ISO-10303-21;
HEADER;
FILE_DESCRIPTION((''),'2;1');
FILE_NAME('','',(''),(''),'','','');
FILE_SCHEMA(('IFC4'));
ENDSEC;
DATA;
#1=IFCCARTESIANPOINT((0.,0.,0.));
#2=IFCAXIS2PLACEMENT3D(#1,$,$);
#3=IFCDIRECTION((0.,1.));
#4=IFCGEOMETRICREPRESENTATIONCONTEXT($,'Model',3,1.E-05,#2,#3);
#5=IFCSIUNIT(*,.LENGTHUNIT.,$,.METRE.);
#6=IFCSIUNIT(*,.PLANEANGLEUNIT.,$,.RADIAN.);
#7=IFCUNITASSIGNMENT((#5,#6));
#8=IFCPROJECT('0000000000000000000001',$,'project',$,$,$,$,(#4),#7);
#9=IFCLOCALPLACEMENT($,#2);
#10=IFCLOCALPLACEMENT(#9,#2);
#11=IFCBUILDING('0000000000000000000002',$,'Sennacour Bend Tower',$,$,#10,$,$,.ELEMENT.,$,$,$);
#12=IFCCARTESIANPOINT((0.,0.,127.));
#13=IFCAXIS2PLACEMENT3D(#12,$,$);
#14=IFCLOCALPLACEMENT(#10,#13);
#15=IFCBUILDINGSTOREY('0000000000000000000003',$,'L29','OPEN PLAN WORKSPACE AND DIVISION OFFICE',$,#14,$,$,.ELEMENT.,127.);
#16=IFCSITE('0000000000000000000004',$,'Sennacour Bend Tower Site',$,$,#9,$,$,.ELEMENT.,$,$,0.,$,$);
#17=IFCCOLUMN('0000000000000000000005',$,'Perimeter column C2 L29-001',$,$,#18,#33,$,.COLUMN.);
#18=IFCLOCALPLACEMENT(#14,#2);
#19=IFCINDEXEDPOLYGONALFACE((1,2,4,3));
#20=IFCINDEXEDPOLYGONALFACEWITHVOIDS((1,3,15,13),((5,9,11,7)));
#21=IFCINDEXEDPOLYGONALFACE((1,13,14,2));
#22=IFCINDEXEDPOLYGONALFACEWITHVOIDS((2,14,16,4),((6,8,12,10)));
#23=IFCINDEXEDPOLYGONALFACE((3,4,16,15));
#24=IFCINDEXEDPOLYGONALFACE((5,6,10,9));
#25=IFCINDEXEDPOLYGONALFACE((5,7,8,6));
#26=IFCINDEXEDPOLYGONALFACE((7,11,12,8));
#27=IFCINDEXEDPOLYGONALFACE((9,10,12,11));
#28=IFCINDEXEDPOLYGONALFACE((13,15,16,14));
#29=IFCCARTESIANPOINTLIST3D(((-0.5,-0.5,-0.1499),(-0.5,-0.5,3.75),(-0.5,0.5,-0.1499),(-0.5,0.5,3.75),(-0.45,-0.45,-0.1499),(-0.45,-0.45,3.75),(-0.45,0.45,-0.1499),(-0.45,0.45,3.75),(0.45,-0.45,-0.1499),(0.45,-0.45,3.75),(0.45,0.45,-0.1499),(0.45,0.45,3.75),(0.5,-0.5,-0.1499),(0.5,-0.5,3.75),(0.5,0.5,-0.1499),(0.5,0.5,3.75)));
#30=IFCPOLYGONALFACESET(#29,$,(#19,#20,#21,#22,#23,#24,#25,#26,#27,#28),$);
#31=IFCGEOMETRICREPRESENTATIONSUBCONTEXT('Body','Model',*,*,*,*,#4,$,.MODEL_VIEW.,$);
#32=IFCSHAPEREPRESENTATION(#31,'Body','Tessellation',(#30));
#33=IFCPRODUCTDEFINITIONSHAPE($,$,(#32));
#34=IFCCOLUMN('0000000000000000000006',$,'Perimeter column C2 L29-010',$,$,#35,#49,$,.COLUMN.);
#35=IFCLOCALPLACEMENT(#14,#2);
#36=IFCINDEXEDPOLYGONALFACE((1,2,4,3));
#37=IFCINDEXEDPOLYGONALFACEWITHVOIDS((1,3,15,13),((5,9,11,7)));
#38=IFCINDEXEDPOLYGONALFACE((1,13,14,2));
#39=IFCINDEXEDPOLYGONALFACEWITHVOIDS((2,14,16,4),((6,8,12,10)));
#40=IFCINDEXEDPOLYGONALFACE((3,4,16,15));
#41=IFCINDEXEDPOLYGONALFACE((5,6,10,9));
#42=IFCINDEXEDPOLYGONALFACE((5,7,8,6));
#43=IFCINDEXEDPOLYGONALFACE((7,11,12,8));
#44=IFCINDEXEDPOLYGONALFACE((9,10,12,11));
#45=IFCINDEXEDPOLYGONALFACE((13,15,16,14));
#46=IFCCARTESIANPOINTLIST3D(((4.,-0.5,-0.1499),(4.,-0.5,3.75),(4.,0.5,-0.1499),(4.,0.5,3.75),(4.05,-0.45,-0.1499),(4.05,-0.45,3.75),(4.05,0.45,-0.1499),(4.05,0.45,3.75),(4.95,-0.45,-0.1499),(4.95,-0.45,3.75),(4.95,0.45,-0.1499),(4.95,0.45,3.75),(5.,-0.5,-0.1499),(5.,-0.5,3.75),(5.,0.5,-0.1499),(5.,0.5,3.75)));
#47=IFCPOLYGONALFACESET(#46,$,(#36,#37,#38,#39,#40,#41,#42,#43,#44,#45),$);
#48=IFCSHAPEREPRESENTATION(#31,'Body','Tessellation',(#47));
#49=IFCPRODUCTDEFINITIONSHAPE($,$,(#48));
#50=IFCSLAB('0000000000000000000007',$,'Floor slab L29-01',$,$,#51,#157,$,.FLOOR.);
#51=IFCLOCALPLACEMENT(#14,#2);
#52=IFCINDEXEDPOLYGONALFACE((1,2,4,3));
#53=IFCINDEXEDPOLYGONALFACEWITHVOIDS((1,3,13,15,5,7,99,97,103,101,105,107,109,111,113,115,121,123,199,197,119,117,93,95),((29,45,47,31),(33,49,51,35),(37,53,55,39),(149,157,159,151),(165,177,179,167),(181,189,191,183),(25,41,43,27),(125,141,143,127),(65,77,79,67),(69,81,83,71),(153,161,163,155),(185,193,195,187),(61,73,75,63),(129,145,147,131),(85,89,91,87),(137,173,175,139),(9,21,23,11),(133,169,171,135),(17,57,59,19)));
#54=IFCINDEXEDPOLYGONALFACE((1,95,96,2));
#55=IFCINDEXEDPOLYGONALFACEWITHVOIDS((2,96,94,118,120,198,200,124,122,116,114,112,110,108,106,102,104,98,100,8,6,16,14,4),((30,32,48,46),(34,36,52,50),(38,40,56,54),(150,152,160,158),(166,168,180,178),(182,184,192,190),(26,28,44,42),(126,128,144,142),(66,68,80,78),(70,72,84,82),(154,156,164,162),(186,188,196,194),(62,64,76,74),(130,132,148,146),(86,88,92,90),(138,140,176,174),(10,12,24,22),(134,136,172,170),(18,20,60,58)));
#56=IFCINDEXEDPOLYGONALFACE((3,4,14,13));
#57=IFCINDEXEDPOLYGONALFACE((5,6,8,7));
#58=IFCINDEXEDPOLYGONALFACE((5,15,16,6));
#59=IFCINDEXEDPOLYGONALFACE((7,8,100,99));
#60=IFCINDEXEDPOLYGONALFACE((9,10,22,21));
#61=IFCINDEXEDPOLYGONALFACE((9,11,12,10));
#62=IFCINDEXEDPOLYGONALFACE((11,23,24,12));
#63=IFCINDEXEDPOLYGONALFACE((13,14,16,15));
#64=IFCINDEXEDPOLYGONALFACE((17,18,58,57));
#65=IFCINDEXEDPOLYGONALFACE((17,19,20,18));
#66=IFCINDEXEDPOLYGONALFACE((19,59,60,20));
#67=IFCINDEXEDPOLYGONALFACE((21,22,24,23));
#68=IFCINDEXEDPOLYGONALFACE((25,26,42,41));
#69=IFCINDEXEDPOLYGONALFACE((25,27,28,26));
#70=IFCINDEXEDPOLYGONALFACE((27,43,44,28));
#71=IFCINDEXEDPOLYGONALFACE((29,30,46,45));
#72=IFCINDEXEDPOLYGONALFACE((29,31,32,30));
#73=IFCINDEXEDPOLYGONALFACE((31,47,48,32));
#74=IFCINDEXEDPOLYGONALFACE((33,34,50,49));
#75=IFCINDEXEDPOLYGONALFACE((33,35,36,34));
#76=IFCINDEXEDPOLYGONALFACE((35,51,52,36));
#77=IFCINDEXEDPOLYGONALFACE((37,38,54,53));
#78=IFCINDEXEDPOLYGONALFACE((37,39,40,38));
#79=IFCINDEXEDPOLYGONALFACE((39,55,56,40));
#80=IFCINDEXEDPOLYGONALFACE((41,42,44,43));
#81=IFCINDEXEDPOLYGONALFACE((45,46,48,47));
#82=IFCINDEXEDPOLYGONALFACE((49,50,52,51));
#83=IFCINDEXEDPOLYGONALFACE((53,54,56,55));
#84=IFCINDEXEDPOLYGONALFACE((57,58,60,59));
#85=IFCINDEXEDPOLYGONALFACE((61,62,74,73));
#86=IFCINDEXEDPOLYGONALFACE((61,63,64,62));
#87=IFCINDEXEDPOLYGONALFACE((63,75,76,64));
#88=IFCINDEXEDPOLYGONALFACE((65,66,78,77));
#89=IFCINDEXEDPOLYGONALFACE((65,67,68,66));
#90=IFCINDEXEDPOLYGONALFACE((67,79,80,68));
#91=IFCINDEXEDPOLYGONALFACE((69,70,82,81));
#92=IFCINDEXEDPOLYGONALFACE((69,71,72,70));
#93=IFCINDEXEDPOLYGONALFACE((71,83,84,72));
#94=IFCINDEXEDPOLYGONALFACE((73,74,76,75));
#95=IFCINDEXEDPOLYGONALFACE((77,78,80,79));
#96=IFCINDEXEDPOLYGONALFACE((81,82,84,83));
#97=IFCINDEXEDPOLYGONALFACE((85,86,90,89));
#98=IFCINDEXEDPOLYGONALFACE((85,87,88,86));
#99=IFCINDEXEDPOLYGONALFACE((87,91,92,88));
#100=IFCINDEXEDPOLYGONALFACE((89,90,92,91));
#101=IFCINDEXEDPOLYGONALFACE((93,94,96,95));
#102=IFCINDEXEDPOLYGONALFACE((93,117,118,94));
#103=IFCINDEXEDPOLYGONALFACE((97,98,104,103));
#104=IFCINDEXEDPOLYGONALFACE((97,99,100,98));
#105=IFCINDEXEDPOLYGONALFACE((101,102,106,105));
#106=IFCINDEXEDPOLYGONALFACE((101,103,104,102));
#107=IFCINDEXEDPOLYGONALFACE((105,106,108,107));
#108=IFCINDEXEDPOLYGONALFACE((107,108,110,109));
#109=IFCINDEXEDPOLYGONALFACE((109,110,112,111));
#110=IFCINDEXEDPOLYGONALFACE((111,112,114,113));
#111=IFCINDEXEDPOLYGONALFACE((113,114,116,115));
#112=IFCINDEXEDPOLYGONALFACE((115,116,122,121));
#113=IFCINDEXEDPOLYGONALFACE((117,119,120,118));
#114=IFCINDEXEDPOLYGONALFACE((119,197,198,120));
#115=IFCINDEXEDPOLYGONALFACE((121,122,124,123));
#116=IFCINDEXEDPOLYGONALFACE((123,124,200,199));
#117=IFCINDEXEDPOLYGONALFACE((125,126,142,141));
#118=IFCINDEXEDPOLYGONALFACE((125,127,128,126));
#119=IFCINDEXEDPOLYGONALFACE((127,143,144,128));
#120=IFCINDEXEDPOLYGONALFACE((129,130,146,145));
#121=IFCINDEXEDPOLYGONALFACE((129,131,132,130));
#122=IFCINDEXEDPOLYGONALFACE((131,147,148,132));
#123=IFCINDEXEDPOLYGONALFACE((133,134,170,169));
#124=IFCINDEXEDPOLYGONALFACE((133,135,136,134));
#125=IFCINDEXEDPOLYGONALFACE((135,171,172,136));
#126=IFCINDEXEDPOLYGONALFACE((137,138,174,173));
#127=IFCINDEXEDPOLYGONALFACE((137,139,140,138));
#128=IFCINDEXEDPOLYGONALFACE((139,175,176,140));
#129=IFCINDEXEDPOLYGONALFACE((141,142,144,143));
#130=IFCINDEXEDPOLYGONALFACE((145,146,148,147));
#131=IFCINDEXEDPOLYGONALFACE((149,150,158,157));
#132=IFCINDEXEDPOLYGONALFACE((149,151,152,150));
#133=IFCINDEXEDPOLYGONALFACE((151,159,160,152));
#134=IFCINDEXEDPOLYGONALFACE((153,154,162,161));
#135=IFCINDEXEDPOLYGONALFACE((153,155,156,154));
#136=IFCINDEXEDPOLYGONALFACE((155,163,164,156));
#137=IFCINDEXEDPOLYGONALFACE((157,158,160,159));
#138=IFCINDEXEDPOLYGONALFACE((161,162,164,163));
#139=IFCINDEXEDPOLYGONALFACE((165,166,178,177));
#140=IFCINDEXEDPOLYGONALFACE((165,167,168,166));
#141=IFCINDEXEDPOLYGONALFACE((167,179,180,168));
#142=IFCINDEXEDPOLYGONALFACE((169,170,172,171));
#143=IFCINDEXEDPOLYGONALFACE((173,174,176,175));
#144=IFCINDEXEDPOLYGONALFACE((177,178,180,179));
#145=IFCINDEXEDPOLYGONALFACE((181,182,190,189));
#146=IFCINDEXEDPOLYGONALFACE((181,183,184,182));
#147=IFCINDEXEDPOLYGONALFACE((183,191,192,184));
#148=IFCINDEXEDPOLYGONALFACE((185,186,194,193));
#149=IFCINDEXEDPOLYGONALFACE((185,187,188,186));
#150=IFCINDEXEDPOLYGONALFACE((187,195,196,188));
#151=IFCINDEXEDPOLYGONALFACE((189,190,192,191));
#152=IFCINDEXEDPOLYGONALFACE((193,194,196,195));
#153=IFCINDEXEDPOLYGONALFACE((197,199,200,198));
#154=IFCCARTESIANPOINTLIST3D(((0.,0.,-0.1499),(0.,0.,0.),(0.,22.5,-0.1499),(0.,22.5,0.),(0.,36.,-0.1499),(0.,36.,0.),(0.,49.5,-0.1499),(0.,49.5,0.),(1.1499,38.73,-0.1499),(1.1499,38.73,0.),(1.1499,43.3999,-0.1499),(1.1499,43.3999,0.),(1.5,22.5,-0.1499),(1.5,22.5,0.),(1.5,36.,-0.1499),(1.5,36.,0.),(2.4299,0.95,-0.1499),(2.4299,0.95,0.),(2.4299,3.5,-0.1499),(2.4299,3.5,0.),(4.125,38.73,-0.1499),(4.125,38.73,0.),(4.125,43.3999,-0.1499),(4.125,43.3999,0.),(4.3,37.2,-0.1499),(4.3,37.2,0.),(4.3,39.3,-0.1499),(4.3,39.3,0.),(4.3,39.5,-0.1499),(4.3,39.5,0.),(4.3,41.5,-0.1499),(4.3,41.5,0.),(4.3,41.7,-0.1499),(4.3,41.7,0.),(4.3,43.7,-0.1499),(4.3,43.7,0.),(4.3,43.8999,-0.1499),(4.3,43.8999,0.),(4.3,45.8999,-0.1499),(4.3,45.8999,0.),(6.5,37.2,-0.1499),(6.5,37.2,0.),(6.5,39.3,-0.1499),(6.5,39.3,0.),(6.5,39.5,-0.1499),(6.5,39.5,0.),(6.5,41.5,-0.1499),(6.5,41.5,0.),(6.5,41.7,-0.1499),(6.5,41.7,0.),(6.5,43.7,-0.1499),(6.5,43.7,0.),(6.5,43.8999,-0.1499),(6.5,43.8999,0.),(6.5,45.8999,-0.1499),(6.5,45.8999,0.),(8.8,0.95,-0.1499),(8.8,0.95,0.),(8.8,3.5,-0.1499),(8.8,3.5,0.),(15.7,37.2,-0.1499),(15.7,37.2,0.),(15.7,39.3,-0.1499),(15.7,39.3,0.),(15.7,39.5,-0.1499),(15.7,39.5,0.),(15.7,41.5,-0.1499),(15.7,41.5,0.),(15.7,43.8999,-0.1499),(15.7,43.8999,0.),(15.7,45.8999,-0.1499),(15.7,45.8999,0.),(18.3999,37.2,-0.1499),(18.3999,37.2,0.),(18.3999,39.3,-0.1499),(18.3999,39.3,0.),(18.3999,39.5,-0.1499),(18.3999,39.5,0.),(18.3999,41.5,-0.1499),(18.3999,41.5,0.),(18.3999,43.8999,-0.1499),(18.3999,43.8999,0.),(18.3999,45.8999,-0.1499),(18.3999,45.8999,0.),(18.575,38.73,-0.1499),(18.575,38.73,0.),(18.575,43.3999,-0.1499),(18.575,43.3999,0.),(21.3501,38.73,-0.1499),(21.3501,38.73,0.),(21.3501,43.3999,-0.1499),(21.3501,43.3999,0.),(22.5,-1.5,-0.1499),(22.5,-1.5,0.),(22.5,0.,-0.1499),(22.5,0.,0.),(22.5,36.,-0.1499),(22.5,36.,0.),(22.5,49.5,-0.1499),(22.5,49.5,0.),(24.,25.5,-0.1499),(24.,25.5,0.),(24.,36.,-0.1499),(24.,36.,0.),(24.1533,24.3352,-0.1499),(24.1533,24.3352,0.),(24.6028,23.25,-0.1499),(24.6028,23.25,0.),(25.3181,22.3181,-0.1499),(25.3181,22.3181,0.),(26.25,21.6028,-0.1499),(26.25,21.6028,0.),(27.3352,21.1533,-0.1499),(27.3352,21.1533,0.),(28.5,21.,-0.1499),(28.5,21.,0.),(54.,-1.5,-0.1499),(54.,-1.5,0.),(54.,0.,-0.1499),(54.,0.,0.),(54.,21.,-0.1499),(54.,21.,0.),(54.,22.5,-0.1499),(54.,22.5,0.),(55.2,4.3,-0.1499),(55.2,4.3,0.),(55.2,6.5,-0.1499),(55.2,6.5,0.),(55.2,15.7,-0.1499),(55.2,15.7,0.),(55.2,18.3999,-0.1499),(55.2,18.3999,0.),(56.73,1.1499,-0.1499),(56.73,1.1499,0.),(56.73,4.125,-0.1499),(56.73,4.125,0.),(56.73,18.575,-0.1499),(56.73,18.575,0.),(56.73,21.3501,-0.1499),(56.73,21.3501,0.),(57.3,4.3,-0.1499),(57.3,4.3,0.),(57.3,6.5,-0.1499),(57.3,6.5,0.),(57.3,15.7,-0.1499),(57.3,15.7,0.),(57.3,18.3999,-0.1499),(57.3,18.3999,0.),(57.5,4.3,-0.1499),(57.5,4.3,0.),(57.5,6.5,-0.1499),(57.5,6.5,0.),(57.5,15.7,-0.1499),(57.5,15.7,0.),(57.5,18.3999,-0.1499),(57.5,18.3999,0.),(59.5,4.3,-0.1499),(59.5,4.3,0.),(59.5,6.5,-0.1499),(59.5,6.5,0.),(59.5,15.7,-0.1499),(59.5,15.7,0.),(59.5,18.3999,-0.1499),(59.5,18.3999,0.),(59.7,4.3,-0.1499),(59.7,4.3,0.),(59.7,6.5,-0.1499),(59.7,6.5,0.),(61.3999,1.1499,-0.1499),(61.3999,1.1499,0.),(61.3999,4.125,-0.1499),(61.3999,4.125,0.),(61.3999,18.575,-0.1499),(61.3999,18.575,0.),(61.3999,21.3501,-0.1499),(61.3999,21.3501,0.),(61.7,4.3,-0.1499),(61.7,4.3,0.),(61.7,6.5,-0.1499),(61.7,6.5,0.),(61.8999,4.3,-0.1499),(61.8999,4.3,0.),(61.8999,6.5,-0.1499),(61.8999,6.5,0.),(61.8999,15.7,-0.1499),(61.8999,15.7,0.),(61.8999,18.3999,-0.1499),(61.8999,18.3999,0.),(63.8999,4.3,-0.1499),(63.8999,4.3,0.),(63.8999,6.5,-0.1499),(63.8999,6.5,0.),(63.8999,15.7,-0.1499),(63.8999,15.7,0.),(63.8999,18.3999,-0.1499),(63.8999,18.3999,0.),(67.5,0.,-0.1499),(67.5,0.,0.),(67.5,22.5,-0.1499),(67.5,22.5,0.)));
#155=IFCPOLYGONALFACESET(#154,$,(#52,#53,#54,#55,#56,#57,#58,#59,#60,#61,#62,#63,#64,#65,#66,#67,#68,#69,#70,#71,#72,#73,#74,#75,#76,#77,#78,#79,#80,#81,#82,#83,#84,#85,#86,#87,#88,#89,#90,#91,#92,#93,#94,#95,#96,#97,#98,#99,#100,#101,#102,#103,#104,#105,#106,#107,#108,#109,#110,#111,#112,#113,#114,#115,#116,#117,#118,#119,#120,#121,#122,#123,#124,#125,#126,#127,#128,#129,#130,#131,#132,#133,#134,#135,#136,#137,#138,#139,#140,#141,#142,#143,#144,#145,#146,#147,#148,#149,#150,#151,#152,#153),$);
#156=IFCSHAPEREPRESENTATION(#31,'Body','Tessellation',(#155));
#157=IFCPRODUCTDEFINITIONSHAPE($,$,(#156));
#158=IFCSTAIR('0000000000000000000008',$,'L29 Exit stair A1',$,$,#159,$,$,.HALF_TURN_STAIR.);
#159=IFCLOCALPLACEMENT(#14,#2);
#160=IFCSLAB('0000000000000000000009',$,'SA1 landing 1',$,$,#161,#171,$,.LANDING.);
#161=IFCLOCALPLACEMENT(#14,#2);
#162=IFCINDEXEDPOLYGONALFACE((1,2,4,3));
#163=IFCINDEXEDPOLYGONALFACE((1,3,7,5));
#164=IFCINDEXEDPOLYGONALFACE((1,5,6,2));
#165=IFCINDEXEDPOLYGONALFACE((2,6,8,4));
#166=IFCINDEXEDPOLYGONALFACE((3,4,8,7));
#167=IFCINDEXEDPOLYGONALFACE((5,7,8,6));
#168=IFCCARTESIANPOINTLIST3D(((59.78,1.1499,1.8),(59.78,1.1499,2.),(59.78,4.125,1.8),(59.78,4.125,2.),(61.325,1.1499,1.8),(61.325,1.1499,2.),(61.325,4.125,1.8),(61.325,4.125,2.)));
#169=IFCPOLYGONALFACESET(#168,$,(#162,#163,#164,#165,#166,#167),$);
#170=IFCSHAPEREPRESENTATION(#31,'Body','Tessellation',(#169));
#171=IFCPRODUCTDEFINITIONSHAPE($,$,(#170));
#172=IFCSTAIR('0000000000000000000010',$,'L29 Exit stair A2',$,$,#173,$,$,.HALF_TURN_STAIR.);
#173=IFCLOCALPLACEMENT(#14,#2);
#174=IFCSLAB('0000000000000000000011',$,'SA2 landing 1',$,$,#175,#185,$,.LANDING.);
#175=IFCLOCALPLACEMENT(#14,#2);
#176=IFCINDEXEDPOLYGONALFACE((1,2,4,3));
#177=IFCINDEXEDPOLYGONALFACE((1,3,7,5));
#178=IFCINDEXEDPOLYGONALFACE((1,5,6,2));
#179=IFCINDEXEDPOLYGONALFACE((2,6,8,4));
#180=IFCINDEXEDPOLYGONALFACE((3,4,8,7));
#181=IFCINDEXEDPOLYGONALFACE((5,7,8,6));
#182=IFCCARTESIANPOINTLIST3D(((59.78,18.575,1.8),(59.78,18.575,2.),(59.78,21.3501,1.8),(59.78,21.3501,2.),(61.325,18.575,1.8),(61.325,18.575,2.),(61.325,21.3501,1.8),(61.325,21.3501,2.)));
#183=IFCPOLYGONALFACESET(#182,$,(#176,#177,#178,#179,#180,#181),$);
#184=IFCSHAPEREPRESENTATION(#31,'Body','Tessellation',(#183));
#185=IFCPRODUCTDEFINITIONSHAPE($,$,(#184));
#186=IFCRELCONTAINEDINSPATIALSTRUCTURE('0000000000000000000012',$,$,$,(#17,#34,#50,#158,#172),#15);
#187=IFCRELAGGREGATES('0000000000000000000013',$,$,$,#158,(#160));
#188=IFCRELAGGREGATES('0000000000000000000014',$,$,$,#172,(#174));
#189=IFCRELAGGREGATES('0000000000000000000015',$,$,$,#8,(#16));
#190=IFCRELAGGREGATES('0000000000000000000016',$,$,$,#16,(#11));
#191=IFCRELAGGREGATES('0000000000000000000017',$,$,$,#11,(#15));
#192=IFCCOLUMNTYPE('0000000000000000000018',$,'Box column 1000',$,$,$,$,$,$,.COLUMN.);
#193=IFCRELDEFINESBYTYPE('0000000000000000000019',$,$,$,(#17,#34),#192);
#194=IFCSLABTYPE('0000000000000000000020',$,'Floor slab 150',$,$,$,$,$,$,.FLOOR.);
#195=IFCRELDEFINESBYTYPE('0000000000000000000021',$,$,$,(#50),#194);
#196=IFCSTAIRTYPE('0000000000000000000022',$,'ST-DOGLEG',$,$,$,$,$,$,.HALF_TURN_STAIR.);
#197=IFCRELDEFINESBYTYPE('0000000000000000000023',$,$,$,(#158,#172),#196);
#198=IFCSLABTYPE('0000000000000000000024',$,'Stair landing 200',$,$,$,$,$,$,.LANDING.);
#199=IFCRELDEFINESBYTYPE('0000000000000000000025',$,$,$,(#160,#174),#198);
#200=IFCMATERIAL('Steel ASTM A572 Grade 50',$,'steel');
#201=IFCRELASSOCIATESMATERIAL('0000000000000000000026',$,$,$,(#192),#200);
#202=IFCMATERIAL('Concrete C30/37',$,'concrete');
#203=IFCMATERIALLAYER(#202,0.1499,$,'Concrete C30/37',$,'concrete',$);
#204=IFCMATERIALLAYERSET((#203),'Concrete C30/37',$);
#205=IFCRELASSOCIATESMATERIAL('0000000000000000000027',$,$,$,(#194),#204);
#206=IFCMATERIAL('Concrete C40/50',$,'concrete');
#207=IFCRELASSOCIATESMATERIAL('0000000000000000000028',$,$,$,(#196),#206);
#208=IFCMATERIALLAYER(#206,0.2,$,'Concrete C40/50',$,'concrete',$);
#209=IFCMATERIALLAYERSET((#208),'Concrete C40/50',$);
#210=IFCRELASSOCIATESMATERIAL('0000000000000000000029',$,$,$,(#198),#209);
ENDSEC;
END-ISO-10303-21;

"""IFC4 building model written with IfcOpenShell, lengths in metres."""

from ifc_helpers import new_model, si_unit, direction, frame, origin, origin_2d, place, context, subcontext, project, spatial, polyline, hollow_rectangle, outline, extrude, material, layer, layer_set, material_profile, profile_set, type_object, element, aggregate, save


model = new_model("IFC4")

# Units and contexts
model_context = context("Model", 3, precision=1e-05, world=origin(), true_north=direction((0.0, 1.0)))
body_context = subcontext(model_context, "Body", "Model", "MODEL_VIEW")
ifc_project = project(units=[si_unit("LENGTHUNIT", "METRE"), si_unit("PLANEANGLEUNIT", "RADIAN")], contexts=[model_context])

# Site, building, storey
site_placement = place(None, origin())
site = spatial("IfcSite", under=ifc_project, at=site_placement, Name="Sennacour Bend Tower Site", CompositionType="ELEMENT", RefElevation=0.0)
building_placement = place(site_placement, origin())
building = spatial("IfcBuilding", under=site, at=building_placement, Name="Sennacour Bend Tower", CompositionType="ELEMENT")
storey_placement = place(building_placement, frame((0.0, 0.0, 127.0)))
storey = spatial("IfcBuildingStorey", under=building, at=storey_placement, Name="L29", Description="OPEN PLAN WORKSPACE AND DIVISION OFFICE", CompositionType="ELEMENT", Elevation=127.0)

# Columns
ifc_material_1 = material(Name="Steel ASTM A572 Grade 50", Category="steel")
ifc_material_profile = material_profile(ifc_material_1, hollow_rectangle(XDim=1.0, YDim=1.0, WallThickness=0.05, at=origin_2d()), Name="Steel ASTM A572 Grade 50", Category="steel")
ifc_profile_set = profile_set([ifc_material_profile], Name="Steel ASTM A572 Grade 50")
column_type = type_object("IfcColumnType", Name="Box column 1000", PredefinedType="COLUMN", material=ifc_profile_set)
for number, where, z_axis, x_axis, name in (
    (1, (0.0, 0.0, -0.1499), (0.0, 0.0, 1.0), (1.0, 0.0, 0.0), "Perimeter column C2 L29-001"),
    (2, (4.5, 0.0, -0.1499), (0.0, 0.0, 1.0), (1.0, 0.0, 0.0), "Perimeter column C2 L29-010"),
):
    element("IfcColumn", number, at=place(storey_placement, frame(where, z_axis=z_axis, x_axis=x_axis)), inside=storey, type_object=column_type, Name=name, PredefinedType="COLUMN", context=body_context, shape_type="SweptSolid", body=[
        extrude(hollow_rectangle(XDim=1.0, YDim=1.0, WallThickness=0.05, at=origin_2d()), origin(), (0.0, 0.0, 1.0), 3.8999),
    ])

# Slab
ifc_material_2 = material(Name="Concrete C30/37", Category="concrete")
ifc_layer_1 = layer(ifc_material_2, 0.1499, Name="Concrete C30/37", Category="concrete")
ifc_layer_set_1 = layer_set([ifc_layer_1], Name="Concrete C30/37")
slab_type_1 = type_object("IfcSlabType", Name="Floor slab 150", PredefinedType="FLOOR", material=ifc_layer_set_1)
slab_1_placement = place(storey_placement, frame((0.0, 0.0, -0.1499)))
element("IfcSlab", 3, at=slab_1_placement, inside=storey, type_object=slab_type_1, Name="Floor slab L29-01", PredefinedType="FLOOR", context=body_context, shape_type="SweptSolid", body=[
    extrude(outline(polyline([(22.5, 0.0), (0.0, 0.0), (0.0, 22.5), (1.5, 22.5), (1.5, 36.0), (0.0, 36.0), (0.0, 49.5), (22.5, 49.5), (22.5, 36.0), (24.0, 36.0), (24.0, 25.5), (24.1533, 24.3352), (24.6028, 23.25), (25.3181, 22.3181), (26.25, 21.6028), (27.3352, 21.1533), (28.5, 21.0), (54.0, 21.0), (54.0, 22.5), (67.5, 22.5), (67.5, 0.0), (54.0, 0.0), (54.0, -1.5), (22.5, -1.5), (22.5, 0.0)]), holes=[polyline([(8.8, 0.95), (8.8, 3.5), (2.4299, 3.5), (2.4299, 0.95), (8.8, 0.95)]), polyline([(6.5, 37.2), (6.5, 39.3), (4.3, 39.3), (4.3, 37.2), (6.5, 37.2)]), polyline([(18.3999, 37.2), (18.3999, 39.3), (15.7, 39.3), (15.7, 37.2), (18.3999, 37.2)]), polyline([(6.5, 39.5), (6.5, 41.5), (4.3, 41.5), (4.3, 39.5), (6.5, 39.5)]), polyline([(18.3999, 39.5), (18.3999, 41.5), (15.7, 41.5), (15.7, 39.5), (18.3999, 39.5)]), polyline([(4.125, 38.73), (4.125, 43.3999), (1.1499, 43.3999), (1.1499, 38.73), (4.125, 38.73)]), polyline([(21.3501, 38.73), (21.3501, 43.3999), (18.575, 43.3999), (18.575, 38.73), (21.3501, 38.73)]), polyline([(4.3, 41.7), (6.5, 41.7), (6.5, 43.7), (4.3, 43.7), (4.3, 41.7)]), polyline([(4.3, 43.8999), (6.5, 43.8999), (6.5, 45.8999), (4.3, 45.8999), (4.3, 43.8999)]), polyline([(18.3999, 43.8999), (18.3999, 45.8999), (15.7, 45.8999), (15.7, 43.8999), (18.3999, 43.8999)]), polyline([(61.3999, 1.1499), (61.3999, 4.125), (56.73, 4.125), (56.73, 1.1499), (61.3999, 1.1499)]), polyline([(57.3, 4.3), (57.3, 6.5), (55.2, 6.5), (55.2, 4.3), (57.3, 4.3)]), polyline([(57.5, 4.3), (59.5, 4.3), (59.5, 6.5), (57.5, 6.5), (57.5, 4.3)]), polyline([(59.7, 4.3), (61.7, 4.3), (61.7, 6.5), (59.7, 6.5), (59.7, 4.3)]), polyline([(63.8999, 4.3), (63.8999, 6.5), (61.8999, 6.5), (61.8999, 4.3), (63.8999, 4.3)]), polyline([(57.3, 15.7), (57.3, 18.3999), (55.2, 18.3999), (55.2, 15.7), (57.3, 15.7)]), polyline([(59.5, 15.7), (59.5, 18.3999), (57.5, 18.3999), (57.5, 15.7), (59.5, 15.7)]), polyline([(61.8999, 15.7), (63.8999, 15.7), (63.8999, 18.3999), (61.8999, 18.3999), (61.8999, 15.7)]), polyline([(56.73, 18.575), (61.3999, 18.575), (61.3999, 21.3501), (56.73, 21.3501), (56.73, 18.575)])]), origin(), (0.0, 0.0, 1.0), 0.1499),
])

# Stairs, slabs
ifc_material_3 = material(Name="Concrete C40/50", Category="concrete")
stair_type = type_object("IfcStairType", Name="ST-DOGLEG", PredefinedType="HALF_TURN_STAIR", material=ifc_material_3)
stair_1_placement = place(storey_placement, origin())
stair_1 = element("IfcStair", 4, at=stair_1_placement, inside=storey, type_object=stair_type, Name="L29 Exit stair A1", PredefinedType="HALF_TURN_STAIR")
ifc_layer_2 = layer(ifc_material_3, 0.2, Name="Concrete C40/50", Category="concrete")
ifc_layer_set_2 = layer_set([ifc_layer_2], Name="Concrete C40/50")
slab_type_2 = type_object("IfcSlabType", Name="Stair landing 200", PredefinedType="LANDING", material=ifc_layer_set_2)
slab_2_placement = place(storey_placement, frame((0.0, 0.0, 1.8)))
slab_2 = element("IfcSlab", 5, at=slab_2_placement, type_object=slab_type_2, Name="SA1 landing 1", PredefinedType="LANDING", context=body_context, shape_type="SweptSolid", body=[
    extrude(outline(polyline([(59.78, 1.1499), (61.325, 1.1499), (61.325, 4.125), (59.78, 4.125), (59.78, 1.1499)])), origin(), (0.0, 0.0, 1.0), 0.2),
])
aggregate(stair_1, [slab_2])
stair_2_placement = place(storey_placement, origin())
stair_2 = element("IfcStair", 6, at=stair_2_placement, inside=storey, type_object=stair_type, Name="L29 Exit stair A2", PredefinedType="HALF_TURN_STAIR")
slab_3_placement = place(storey_placement, frame((0.0, 0.0, 1.8)))
slab_3 = element("IfcSlab", 7, at=slab_3_placement, type_object=slab_type_2, Name="SA2 landing 1", PredefinedType="LANDING", context=body_context, shape_type="SweptSolid", body=[
    extrude(outline(polyline([(59.78, 18.575), (61.325, 18.575), (61.325, 21.3501), (59.78, 21.3501), (59.78, 18.575)])), origin(), (0.0, 0.0, 1.0), 0.2),
])
aggregate(stair_2, [slab_3])

save(model, "model.ifc")
